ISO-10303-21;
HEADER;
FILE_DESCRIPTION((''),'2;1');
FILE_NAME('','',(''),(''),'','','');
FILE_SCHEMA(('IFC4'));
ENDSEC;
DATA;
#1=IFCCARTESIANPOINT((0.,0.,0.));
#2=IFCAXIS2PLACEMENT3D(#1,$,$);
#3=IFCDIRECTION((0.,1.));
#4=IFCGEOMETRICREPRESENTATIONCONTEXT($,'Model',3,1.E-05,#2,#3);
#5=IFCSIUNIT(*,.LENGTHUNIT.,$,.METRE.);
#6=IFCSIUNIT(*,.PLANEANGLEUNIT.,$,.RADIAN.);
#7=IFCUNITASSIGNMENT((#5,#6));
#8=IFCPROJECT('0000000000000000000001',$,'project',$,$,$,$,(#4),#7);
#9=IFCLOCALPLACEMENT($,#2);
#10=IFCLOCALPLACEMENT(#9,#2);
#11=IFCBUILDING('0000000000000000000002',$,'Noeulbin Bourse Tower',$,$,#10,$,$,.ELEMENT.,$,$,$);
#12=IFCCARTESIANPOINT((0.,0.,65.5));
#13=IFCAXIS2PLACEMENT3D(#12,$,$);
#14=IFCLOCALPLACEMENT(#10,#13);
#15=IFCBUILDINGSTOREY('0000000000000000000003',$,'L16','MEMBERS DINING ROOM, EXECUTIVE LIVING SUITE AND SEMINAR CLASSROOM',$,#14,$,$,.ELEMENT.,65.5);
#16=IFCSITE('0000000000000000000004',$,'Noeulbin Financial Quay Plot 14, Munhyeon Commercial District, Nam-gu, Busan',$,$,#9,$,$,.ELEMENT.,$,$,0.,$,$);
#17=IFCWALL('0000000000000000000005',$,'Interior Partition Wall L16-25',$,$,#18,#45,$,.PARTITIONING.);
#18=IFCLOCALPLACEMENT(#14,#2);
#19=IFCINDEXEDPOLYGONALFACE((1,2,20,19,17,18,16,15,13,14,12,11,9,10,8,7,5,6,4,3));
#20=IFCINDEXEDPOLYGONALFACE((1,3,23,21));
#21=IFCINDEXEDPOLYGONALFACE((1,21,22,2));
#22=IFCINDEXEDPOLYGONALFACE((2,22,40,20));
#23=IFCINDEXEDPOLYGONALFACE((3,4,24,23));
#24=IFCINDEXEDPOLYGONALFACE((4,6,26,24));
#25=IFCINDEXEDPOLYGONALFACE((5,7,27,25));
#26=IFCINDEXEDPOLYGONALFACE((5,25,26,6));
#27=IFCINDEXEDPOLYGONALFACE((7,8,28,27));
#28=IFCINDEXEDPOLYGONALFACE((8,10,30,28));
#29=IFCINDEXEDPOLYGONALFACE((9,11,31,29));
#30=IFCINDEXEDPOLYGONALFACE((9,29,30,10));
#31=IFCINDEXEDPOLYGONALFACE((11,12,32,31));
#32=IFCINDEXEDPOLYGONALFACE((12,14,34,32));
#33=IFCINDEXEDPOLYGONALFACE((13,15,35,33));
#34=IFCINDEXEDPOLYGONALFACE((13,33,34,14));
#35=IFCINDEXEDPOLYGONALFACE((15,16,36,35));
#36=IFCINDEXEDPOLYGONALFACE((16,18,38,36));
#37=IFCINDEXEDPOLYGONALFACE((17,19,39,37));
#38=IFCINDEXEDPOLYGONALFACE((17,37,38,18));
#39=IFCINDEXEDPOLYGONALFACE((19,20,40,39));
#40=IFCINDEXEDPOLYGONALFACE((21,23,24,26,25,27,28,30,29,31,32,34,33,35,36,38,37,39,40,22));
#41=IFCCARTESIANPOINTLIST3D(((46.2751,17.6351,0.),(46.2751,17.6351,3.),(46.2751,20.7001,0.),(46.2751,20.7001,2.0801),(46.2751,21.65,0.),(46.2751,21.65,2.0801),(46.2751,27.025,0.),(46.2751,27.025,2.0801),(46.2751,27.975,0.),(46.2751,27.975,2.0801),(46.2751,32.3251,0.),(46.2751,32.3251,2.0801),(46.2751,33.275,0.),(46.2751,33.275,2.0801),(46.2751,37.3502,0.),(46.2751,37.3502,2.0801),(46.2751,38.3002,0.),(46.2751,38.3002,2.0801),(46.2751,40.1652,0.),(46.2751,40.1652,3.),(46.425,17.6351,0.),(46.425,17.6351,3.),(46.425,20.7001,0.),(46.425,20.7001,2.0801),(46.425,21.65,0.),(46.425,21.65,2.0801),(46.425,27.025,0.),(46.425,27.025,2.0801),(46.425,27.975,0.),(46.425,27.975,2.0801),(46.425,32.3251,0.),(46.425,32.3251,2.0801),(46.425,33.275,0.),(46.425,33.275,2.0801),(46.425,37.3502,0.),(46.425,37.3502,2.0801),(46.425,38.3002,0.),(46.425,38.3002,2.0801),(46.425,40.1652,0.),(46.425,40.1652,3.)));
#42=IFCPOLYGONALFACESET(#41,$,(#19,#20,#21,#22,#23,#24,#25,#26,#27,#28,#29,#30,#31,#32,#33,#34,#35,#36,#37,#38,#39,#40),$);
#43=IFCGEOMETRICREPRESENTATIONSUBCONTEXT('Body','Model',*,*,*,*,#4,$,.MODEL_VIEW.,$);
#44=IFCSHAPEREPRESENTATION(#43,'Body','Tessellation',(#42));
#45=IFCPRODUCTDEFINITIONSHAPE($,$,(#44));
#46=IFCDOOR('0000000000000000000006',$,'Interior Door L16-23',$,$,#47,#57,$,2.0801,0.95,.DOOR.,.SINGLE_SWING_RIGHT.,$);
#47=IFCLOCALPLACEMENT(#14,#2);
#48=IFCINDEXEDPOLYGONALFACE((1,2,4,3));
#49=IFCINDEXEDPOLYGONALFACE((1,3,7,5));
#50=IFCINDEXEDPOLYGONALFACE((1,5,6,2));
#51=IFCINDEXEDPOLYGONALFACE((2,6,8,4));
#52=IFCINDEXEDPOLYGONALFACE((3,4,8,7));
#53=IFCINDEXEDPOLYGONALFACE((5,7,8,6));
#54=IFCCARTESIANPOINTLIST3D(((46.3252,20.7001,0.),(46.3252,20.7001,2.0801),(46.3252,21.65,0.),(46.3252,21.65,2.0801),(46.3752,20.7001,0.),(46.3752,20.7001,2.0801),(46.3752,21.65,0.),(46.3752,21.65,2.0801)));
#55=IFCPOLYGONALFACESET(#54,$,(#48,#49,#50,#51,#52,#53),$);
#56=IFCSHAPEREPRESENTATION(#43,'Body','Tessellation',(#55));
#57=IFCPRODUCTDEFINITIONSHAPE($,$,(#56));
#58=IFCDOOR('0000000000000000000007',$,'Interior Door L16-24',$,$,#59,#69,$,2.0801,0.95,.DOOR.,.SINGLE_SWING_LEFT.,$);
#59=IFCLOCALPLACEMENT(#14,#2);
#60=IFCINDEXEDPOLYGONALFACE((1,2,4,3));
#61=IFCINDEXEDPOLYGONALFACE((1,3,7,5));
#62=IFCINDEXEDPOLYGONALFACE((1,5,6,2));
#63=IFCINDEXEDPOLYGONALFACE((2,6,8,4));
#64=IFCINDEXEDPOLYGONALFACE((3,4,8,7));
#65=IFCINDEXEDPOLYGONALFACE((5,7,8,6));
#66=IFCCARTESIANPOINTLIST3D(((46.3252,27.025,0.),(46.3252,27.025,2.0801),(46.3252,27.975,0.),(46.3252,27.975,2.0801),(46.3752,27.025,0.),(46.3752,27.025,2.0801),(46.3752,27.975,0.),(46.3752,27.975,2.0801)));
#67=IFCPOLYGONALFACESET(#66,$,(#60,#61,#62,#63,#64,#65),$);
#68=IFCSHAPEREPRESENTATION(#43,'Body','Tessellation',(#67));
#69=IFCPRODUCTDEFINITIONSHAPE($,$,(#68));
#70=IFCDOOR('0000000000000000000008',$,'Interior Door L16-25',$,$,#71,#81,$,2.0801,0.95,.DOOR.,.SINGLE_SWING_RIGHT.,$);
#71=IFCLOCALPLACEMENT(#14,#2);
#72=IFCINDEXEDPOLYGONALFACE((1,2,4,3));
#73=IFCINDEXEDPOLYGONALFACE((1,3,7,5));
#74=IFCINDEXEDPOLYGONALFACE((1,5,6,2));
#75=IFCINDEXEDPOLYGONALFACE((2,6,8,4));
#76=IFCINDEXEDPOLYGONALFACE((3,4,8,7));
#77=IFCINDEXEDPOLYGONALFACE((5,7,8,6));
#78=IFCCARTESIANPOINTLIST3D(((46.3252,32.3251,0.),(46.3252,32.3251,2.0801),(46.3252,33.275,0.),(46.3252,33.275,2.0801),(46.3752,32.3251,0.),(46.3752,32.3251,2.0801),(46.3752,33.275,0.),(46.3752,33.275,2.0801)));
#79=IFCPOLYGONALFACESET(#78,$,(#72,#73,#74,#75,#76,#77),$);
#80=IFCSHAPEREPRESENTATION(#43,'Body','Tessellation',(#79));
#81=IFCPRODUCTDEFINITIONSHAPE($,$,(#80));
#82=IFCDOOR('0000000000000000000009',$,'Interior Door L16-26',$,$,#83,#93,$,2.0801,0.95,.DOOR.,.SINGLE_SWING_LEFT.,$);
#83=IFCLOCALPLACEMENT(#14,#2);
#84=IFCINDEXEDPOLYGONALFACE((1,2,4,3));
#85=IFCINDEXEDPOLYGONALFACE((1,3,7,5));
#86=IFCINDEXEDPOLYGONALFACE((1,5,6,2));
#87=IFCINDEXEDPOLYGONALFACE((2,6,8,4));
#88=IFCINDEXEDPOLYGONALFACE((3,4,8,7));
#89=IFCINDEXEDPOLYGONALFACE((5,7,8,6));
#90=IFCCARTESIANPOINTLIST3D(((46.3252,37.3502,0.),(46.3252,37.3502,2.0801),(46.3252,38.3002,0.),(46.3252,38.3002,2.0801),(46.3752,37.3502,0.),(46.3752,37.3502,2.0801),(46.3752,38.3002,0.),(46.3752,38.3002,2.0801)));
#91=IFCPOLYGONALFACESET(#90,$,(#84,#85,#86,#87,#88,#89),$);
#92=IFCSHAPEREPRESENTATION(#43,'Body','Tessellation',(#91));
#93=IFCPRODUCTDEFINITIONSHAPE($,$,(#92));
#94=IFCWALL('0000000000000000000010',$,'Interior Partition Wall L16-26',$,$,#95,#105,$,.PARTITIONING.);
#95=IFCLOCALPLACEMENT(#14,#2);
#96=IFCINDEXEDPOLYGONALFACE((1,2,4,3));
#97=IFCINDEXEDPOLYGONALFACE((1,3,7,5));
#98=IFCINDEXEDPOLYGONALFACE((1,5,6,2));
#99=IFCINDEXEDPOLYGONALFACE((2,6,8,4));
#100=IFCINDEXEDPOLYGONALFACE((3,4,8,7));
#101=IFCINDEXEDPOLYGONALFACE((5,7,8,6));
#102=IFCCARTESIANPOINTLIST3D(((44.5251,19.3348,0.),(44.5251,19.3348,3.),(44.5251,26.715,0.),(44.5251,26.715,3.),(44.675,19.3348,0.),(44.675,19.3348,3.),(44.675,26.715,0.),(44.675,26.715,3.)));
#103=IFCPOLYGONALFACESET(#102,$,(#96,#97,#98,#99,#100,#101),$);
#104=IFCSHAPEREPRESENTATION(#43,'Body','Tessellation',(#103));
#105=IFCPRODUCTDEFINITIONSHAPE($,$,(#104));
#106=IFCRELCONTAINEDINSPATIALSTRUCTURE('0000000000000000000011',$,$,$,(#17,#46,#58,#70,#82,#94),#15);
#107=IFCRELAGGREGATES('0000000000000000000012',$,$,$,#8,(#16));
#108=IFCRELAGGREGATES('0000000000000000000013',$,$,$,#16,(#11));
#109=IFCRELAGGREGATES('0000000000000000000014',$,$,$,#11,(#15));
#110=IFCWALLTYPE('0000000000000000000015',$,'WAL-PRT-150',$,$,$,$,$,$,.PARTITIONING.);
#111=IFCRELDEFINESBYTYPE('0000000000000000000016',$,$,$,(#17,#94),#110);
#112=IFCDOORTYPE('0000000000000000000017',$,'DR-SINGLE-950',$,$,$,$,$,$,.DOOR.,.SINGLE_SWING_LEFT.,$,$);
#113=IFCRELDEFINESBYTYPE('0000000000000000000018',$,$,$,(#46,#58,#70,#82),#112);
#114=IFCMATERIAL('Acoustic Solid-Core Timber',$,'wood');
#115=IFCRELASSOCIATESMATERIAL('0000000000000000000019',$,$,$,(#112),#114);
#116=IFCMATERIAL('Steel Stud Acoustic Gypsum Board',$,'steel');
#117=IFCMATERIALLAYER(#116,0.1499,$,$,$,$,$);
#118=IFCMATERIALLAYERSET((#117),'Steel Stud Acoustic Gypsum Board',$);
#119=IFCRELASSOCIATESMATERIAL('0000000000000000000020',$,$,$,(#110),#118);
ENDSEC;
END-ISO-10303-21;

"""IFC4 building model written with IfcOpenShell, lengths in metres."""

from ifc_helpers import new_model, si_unit, direction, frame, frame_2d, origin, place, context, subcontext, project, spatial, rectangle, extrude, material, layer, layer_set, type_object, element, fill, save


model = new_model("IFC4")

# Units and contexts
model_context = context("Model", 3, precision=1e-05, world=origin(), true_north=direction((0.0, 1.0)))
body_context = subcontext(model_context, "Body", "Model", "MODEL_VIEW")
ifc_project = project(units=[si_unit("LENGTHUNIT", "METRE"), si_unit("PLANEANGLEUNIT", "RADIAN")], contexts=[model_context])

# Site, building, storey
site_placement = place(None, origin())
site = spatial("IfcSite", under=ifc_project, at=site_placement, Name="Noeulbin Financial Quay Plot 14, Munhyeon Commercial District, Nam-gu, Busan", CompositionType="ELEMENT", RefElevation=0.0)
building_placement = place(site_placement, origin())
building = spatial("IfcBuilding", under=site, at=building_placement, Name="Noeulbin Bourse Tower", CompositionType="ELEMENT")
storey_placement = place(building_placement, frame((0.0, 0.0, 65.5)))
storey = spatial("IfcBuildingStorey", under=building, at=storey_placement, Name="L16", Description="MEMBERS DINING ROOM, EXECUTIVE LIVING SUITE AND SEMINAR CLASSROOM", CompositionType="ELEMENT", Elevation=65.5)

# Shared definitions
ifc_material_1 = material(Name="Acoustic Solid-Core Timber", Category="wood")
door_type = type_object("IfcDoorType", Name="DR-SINGLE-950", OperationType="SINGLE_SWING_LEFT", PredefinedType="DOOR", material=ifc_material_1)

# Wall, openings, doors
ifc_material_2 = material(Name="Steel Stud Acoustic Gypsum Board", Category="steel")
ifc_layer_1 = layer(ifc_material_2, 0.1499)
ifc_layer_set_1 = layer_set([ifc_layer_1], Name="Steel Stud Acoustic Gypsum Board")
wall_type_1 = type_object("IfcWallType", Name="WAL-PRT-150", PredefinedType="PARTITIONING", material=ifc_layer_set_1)
wall_1_placement = place(storey_placement, frame((46.3501, 17.635, 0.0), z_axis=(0.0, 0.0, 1.0), x_axis=(0.0, 1.0, 0.0)))
wall_1 = element("IfcWall", 1, at=wall_1_placement, inside=storey, type_object=wall_type_1, Name="Interior Partition Wall L16-25", PredefinedType="PARTITIONING", context=body_context, shape_type="SweptSolid", body=[
    extrude(rectangle(XDim=22.53, YDim=0.1499, at=frame_2d((11.2651, 0.0))), origin(), (0.0, 0.0, 1.0), 3.0),
])
opening_1_placement = place(wall_1_placement, frame((3.0649, 0.0, 0.0)))
opening_1 = element("IfcOpeningElement", 2, at=opening_1_placement, cuts=wall_1, PredefinedType="OPENING", context=body_context, shape_type="SweptSolid", body=[
    extrude(rectangle(XDim=0.95, YDim=2.0801, at=frame_2d((0.4751, 1.04))), frame((0.0, 0.085, 0.0), z_axis=(0.0, -1.0, 0.0), x_axis=(1.0, 0.0, 0.0)), (0.0, 0.0, 1.0), 0.1699),
])
opening_2_placement = place(wall_1_placement, frame((9.3899, 0.0, 0.0)))
opening_2 = element("IfcOpeningElement", 3, at=opening_2_placement, cuts=wall_1, PredefinedType="OPENING", context=body_context, shape_type="SweptSolid", body=[
    extrude(rectangle(XDim=0.95, YDim=2.0801, at=frame_2d((0.4751, 1.04))), frame((0.0, 0.085, 0.0), z_axis=(0.0, -1.0, 0.0), x_axis=(1.0, 0.0, 0.0)), (0.0, 0.0, 1.0), 0.1699),
])
opening_3_placement = place(wall_1_placement, frame((14.6899, 0.0, 0.0)))
opening_3 = element("IfcOpeningElement", 4, at=opening_3_placement, cuts=wall_1, PredefinedType="OPENING", context=body_context, shape_type="SweptSolid", body=[
    extrude(rectangle(XDim=0.95, YDim=2.0801, at=frame_2d((0.4751, 1.04))), frame((0.0, 0.085, 0.0), z_axis=(0.0, -1.0, 0.0), x_axis=(1.0, 0.0, 0.0)), (0.0, 0.0, 1.0), 0.1699),
])
opening_4_placement = place(wall_1_placement, frame((19.7151, 0.0, 0.0)))
opening_4 = element("IfcOpeningElement", 5, at=opening_4_placement, cuts=wall_1, PredefinedType="OPENING", context=body_context, shape_type="SweptSolid", body=[
    extrude(rectangle(XDim=0.95, YDim=2.0801, at=frame_2d((0.4751, 1.04))), frame((0.0, 0.085, 0.0), z_axis=(0.0, -1.0, 0.0), x_axis=(1.0, 0.0, 0.0)), (0.0, 0.0, 1.0), 0.1699),
])
door_1_placement = place(opening_1_placement, origin())
door_1 = element("IfcDoor", 6, at=door_1_placement, inside=storey, type_object=door_type, Name="Interior Door L16-23", OperationType="SINGLE_SWING_RIGHT", OverallHeight=2.0801, OverallWidth=0.95, PredefinedType="DOOR", context=body_context, shape_type="SweptSolid", body=[
    extrude(rectangle(XDim=0.95, YDim=2.0801, at=frame_2d((0.4751, 1.04))), frame((0.0, 0.0249, 0.0), z_axis=(0.0, -1.0, 0.0), x_axis=(1.0, 0.0, 0.0)), (0.0, 0.0, 1.0), 0.05),
])
fill(opening_1, door_1)
door_2_placement = place(opening_2_placement, origin())
door_2 = element("IfcDoor", 7, at=door_2_placement, inside=storey, type_object=door_type, Name="Interior Door L16-24", OperationType="SINGLE_SWING_LEFT", OverallHeight=2.0801, OverallWidth=0.95, PredefinedType="DOOR", context=body_context, shape_type="SweptSolid", body=[
    extrude(rectangle(XDim=0.95, YDim=2.0801, at=frame_2d((0.4751, 1.04))), frame((0.0, 0.0249, 0.0), z_axis=(0.0, -1.0, 0.0), x_axis=(1.0, 0.0, 0.0)), (0.0, 0.0, 1.0), 0.05),
])
fill(opening_2, door_2)
door_3_placement = place(opening_3_placement, origin())
door_3 = element("IfcDoor", 8, at=door_3_placement, inside=storey, type_object=door_type, Name="Interior Door L16-25", OperationType="SINGLE_SWING_RIGHT", OverallHeight=2.0801, OverallWidth=0.95, PredefinedType="DOOR", context=body_context, shape_type="SweptSolid", body=[
    extrude(rectangle(XDim=0.95, YDim=2.0801, at=frame_2d((0.4751, 1.04))), frame((0.0, 0.0249, 0.0), z_axis=(0.0, -1.0, 0.0), x_axis=(1.0, 0.0, 0.0)), (0.0, 0.0, 1.0), 0.05),
])
fill(opening_3, door_3)
door_4_placement = place(opening_4_placement, origin())
door_4 = element("IfcDoor", 9, at=door_4_placement, inside=storey, type_object=door_type, Name="Interior Door L16-26", OperationType="SINGLE_SWING_LEFT", OverallHeight=2.0801, OverallWidth=0.95, PredefinedType="DOOR", context=body_context, shape_type="SweptSolid", body=[
    extrude(rectangle(XDim=0.95, YDim=2.0801, at=frame_2d((0.4751, 1.04))), frame((0.0, 0.0249, 0.0), z_axis=(0.0, -1.0, 0.0), x_axis=(1.0, 0.0, 0.0)), (0.0, 0.0, 1.0), 0.05),
])
fill(opening_4, door_4)

# Wall
wall_2_placement = place(storey_placement, frame((44.6001, 19.335, 0.0), z_axis=(0.0, 0.0, 1.0), x_axis=(0.0, 1.0, 0.0)))
element("IfcWall", 10, at=wall_2_placement, inside=storey, type_object=wall_type_1, Name="Interior Partition Wall L16-26", PredefinedType="PARTITIONING", context=body_context, shape_type="SweptSolid", body=[
    extrude(rectangle(XDim=7.3801, YDim=0.1499, at=frame_2d((3.6899, 0.0))), origin(), (0.0, 0.0, 1.0), 3.0),
])

save(model, "model.ifc")
